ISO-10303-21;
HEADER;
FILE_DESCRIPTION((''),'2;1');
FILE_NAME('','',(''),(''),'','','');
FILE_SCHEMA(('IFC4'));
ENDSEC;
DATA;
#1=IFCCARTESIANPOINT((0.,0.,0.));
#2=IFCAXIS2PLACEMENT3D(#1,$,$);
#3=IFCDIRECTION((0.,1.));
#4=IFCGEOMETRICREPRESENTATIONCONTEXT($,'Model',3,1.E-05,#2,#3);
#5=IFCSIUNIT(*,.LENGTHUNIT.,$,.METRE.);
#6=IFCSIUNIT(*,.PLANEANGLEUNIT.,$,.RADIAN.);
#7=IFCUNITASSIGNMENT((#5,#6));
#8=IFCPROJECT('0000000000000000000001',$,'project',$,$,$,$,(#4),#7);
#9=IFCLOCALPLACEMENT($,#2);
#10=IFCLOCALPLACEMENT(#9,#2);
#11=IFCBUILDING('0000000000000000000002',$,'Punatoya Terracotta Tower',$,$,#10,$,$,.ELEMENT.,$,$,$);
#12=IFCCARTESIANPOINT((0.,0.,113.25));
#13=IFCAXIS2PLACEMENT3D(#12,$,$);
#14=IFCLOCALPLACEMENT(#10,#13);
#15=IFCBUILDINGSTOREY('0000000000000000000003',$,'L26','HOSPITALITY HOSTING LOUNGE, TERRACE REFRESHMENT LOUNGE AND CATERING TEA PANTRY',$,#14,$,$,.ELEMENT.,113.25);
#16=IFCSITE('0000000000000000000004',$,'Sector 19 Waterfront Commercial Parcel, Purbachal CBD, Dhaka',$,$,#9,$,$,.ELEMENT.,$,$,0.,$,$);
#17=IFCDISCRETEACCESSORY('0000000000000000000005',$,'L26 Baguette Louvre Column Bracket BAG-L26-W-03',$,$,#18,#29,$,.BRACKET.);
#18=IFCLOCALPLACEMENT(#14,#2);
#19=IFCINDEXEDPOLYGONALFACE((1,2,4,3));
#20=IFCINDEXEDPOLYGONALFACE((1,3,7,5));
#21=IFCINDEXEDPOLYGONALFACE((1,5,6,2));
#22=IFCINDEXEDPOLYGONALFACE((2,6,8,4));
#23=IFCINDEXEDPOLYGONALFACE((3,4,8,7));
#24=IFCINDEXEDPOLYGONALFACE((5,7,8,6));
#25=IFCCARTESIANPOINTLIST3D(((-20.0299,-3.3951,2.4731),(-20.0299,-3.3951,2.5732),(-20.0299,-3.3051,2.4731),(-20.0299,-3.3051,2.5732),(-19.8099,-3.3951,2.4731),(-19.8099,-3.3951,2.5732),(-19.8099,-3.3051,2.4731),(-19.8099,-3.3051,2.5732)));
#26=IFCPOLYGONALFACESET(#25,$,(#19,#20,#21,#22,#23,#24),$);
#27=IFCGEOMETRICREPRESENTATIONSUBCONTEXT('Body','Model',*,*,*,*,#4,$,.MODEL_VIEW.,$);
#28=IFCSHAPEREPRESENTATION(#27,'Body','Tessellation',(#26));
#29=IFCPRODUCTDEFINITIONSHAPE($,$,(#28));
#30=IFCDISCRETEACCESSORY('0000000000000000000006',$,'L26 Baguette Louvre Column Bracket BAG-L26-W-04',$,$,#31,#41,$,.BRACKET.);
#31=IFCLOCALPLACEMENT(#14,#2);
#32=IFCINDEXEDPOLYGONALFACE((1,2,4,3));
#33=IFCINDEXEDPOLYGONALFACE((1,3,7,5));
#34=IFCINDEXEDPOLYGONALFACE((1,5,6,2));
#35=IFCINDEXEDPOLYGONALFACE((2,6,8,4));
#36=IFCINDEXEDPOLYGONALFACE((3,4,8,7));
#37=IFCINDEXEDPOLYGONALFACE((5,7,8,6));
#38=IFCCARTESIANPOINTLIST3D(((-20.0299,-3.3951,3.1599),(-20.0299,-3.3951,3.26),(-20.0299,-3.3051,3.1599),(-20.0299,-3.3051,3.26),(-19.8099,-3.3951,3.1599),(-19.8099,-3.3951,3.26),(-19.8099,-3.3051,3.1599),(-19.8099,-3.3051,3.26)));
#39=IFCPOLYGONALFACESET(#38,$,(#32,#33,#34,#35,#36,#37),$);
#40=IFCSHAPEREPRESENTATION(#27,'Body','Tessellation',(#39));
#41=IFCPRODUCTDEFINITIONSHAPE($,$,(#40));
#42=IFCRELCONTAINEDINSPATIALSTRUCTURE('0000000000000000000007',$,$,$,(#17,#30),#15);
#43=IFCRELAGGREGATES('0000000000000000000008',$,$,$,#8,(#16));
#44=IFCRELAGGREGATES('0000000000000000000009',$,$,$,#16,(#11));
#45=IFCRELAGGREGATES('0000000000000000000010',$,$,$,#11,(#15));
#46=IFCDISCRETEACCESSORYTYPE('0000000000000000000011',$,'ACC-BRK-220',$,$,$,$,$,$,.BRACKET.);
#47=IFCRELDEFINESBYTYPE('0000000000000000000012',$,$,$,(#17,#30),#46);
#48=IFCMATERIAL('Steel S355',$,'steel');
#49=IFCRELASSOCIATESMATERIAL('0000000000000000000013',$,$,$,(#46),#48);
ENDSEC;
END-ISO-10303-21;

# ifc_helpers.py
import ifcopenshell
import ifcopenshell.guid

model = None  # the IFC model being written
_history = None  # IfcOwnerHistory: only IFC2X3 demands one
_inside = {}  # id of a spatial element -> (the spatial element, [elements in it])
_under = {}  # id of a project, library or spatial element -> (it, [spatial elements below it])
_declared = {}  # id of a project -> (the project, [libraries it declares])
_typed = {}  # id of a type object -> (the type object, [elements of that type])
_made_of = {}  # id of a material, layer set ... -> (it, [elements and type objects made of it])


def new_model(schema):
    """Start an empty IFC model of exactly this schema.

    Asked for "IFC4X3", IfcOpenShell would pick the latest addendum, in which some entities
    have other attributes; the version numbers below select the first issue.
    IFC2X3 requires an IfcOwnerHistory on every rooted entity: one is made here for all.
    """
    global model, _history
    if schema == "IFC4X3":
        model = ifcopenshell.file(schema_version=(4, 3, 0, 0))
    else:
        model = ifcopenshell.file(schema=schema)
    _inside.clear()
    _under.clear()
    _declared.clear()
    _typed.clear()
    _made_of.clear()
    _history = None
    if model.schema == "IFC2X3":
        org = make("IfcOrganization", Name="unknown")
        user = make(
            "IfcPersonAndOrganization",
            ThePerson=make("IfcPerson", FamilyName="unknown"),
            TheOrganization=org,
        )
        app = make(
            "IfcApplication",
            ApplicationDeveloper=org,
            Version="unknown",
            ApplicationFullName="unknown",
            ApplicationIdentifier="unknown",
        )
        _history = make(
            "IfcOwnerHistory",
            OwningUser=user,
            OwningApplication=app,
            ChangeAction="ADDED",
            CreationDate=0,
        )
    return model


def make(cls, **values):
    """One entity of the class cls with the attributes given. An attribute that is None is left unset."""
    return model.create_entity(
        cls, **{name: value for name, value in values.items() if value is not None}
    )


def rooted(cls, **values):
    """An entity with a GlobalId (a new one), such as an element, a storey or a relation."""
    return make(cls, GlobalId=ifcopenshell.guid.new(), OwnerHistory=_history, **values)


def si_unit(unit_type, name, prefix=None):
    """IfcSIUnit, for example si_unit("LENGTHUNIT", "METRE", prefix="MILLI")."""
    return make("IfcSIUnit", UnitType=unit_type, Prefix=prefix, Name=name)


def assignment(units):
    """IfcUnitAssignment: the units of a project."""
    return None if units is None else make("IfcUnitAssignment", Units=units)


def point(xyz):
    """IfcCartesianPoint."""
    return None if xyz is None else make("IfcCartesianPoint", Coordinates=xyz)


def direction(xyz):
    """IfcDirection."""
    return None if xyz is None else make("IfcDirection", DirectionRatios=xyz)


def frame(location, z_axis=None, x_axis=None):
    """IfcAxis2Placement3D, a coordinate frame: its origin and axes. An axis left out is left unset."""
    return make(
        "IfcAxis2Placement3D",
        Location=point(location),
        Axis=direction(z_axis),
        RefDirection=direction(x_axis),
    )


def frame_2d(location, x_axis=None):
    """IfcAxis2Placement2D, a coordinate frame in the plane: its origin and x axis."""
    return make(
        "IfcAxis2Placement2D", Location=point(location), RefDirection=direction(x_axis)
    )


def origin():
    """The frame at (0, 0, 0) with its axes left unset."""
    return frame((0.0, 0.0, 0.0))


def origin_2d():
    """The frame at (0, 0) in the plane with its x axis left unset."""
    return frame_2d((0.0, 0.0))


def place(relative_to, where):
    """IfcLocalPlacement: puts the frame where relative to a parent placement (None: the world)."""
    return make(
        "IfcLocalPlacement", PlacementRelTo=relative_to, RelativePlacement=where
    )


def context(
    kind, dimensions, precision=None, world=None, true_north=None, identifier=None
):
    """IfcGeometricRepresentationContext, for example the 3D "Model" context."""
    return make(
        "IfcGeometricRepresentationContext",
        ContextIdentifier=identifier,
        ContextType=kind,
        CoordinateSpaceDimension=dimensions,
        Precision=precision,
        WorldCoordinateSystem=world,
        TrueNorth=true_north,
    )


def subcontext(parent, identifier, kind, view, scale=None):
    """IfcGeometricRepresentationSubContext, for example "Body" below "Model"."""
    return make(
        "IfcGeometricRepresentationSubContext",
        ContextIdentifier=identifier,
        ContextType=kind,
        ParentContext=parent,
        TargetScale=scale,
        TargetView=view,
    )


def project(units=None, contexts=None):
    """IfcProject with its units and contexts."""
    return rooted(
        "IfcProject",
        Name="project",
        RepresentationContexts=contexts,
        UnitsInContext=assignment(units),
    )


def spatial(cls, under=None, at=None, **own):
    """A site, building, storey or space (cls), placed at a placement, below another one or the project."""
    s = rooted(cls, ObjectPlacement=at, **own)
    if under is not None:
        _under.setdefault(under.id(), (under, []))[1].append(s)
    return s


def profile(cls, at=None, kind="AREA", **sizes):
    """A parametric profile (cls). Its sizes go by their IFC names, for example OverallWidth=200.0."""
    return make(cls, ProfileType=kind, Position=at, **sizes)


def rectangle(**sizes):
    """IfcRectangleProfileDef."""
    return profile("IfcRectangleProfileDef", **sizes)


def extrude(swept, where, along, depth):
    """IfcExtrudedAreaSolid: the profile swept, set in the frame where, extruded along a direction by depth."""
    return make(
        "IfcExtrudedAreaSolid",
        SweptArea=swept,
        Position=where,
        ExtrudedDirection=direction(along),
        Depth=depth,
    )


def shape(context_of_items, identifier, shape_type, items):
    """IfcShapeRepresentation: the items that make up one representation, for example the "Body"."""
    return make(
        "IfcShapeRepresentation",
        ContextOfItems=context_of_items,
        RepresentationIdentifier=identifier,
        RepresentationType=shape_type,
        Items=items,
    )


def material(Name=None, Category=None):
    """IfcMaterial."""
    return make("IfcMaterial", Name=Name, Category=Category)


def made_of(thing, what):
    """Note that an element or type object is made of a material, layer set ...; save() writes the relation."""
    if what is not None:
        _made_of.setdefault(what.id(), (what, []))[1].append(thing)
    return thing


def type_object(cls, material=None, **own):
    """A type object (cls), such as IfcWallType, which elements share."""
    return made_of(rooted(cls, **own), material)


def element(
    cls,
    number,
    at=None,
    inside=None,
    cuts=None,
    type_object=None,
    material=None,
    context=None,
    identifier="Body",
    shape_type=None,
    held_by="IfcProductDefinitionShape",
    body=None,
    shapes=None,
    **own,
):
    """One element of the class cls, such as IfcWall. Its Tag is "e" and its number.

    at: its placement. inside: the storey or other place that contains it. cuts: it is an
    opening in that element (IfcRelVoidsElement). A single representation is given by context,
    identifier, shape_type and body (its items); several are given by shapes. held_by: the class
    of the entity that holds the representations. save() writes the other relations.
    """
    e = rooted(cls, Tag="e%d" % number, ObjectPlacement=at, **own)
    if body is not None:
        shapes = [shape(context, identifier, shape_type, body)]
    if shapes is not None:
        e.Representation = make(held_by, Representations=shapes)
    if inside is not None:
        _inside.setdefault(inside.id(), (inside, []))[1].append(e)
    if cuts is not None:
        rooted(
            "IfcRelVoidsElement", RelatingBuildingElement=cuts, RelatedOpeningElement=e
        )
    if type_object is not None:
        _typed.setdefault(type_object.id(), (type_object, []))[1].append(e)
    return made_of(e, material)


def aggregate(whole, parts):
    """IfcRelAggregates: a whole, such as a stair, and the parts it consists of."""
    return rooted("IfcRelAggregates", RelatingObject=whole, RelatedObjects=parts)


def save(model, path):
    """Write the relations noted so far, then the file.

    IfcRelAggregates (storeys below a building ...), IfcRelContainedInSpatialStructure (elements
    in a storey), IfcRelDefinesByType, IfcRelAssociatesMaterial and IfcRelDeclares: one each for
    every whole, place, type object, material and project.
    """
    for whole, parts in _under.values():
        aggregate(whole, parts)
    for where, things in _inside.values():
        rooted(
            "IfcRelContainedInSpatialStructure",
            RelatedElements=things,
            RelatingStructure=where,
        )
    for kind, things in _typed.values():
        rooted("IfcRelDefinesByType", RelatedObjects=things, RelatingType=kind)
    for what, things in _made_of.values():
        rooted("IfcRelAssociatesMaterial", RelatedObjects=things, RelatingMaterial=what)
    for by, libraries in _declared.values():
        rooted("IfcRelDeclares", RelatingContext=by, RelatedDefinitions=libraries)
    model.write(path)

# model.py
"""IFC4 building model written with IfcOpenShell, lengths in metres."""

from ifc_helpers import new_model, si_unit, direction, frame, origin, origin_2d, place, context, subcontext, project, spatial, rectangle, extrude, material, type_object, element, save


model = new_model("IFC4")

# Units and contexts
model_context = context("Model", 3, precision=1e-05, world=origin(), true_north=direction((0.0, 1.0)))
body_context = subcontext(model_context, "Body", "Model", "MODEL_VIEW")
ifc_project = project(units=[si_unit("LENGTHUNIT", "METRE"), si_unit("PLANEANGLEUNIT", "RADIAN")], contexts=[model_context])

# Site, building, storey
site_placement = place(None, origin())
site = spatial("IfcSite", under=ifc_project, at=site_placement, Name="Sector 19 Waterfront Commercial Parcel, Purbachal CBD, Dhaka", CompositionType="ELEMENT", RefElevation=0.0)
building_placement = place(site_placement, origin())
building = spatial("IfcBuilding", under=site, at=building_placement, Name="Punatoya Terracotta Tower", CompositionType="ELEMENT")
storey_placement = place(building_placement, frame((0.0, 0.0, 113.25)))
storey = spatial("IfcBuildingStorey", under=building, at=storey_placement, Name="L26", Description="HOSPITALITY HOSTING LOUNGE, TERRACE REFRESHMENT LOUNGE AND CATERING TEA PANTRY", CompositionType="ELEMENT", Elevation=113.25)

# Shared definitions
ifc_material_1 = material(Name="Steel S355", Category="steel")

# Discrete accessories
discrete_accessory_type = type_object("IfcDiscreteAccessoryType", Name="ACC-BRK-220", PredefinedType="BRACKET", material=ifc_material_1)
for number, where, z_axis, x_axis, name in (
    (1, (-19.9199, -3.3501, 2.4731), (0.0, 0.0, 1.0), (0.0, 1.0, 0.0), "L26 Baguette Louvre Column Bracket BAG-L26-W-03"),
    (2, (-19.9199, -3.3501, 3.1599), (0.0, 0.0, 1.0), (0.0, 1.0, 0.0), "L26 Baguette Louvre Column Bracket BAG-L26-W-04"),
):
    element("IfcDiscreteAccessory", number, at=place(storey_placement, frame(where, z_axis=z_axis, x_axis=x_axis)), inside=storey, type_object=discrete_accessory_type, Name=name, PredefinedType="BRACKET", context=body_context, shape_type="SweptSolid", body=[
        extrude(rectangle(XDim=0.0901, YDim=0.22, at=origin_2d()), origin(), (0.0, 0.0, 1.0), 0.1001),
    ])

save(model, "model.ifc")
